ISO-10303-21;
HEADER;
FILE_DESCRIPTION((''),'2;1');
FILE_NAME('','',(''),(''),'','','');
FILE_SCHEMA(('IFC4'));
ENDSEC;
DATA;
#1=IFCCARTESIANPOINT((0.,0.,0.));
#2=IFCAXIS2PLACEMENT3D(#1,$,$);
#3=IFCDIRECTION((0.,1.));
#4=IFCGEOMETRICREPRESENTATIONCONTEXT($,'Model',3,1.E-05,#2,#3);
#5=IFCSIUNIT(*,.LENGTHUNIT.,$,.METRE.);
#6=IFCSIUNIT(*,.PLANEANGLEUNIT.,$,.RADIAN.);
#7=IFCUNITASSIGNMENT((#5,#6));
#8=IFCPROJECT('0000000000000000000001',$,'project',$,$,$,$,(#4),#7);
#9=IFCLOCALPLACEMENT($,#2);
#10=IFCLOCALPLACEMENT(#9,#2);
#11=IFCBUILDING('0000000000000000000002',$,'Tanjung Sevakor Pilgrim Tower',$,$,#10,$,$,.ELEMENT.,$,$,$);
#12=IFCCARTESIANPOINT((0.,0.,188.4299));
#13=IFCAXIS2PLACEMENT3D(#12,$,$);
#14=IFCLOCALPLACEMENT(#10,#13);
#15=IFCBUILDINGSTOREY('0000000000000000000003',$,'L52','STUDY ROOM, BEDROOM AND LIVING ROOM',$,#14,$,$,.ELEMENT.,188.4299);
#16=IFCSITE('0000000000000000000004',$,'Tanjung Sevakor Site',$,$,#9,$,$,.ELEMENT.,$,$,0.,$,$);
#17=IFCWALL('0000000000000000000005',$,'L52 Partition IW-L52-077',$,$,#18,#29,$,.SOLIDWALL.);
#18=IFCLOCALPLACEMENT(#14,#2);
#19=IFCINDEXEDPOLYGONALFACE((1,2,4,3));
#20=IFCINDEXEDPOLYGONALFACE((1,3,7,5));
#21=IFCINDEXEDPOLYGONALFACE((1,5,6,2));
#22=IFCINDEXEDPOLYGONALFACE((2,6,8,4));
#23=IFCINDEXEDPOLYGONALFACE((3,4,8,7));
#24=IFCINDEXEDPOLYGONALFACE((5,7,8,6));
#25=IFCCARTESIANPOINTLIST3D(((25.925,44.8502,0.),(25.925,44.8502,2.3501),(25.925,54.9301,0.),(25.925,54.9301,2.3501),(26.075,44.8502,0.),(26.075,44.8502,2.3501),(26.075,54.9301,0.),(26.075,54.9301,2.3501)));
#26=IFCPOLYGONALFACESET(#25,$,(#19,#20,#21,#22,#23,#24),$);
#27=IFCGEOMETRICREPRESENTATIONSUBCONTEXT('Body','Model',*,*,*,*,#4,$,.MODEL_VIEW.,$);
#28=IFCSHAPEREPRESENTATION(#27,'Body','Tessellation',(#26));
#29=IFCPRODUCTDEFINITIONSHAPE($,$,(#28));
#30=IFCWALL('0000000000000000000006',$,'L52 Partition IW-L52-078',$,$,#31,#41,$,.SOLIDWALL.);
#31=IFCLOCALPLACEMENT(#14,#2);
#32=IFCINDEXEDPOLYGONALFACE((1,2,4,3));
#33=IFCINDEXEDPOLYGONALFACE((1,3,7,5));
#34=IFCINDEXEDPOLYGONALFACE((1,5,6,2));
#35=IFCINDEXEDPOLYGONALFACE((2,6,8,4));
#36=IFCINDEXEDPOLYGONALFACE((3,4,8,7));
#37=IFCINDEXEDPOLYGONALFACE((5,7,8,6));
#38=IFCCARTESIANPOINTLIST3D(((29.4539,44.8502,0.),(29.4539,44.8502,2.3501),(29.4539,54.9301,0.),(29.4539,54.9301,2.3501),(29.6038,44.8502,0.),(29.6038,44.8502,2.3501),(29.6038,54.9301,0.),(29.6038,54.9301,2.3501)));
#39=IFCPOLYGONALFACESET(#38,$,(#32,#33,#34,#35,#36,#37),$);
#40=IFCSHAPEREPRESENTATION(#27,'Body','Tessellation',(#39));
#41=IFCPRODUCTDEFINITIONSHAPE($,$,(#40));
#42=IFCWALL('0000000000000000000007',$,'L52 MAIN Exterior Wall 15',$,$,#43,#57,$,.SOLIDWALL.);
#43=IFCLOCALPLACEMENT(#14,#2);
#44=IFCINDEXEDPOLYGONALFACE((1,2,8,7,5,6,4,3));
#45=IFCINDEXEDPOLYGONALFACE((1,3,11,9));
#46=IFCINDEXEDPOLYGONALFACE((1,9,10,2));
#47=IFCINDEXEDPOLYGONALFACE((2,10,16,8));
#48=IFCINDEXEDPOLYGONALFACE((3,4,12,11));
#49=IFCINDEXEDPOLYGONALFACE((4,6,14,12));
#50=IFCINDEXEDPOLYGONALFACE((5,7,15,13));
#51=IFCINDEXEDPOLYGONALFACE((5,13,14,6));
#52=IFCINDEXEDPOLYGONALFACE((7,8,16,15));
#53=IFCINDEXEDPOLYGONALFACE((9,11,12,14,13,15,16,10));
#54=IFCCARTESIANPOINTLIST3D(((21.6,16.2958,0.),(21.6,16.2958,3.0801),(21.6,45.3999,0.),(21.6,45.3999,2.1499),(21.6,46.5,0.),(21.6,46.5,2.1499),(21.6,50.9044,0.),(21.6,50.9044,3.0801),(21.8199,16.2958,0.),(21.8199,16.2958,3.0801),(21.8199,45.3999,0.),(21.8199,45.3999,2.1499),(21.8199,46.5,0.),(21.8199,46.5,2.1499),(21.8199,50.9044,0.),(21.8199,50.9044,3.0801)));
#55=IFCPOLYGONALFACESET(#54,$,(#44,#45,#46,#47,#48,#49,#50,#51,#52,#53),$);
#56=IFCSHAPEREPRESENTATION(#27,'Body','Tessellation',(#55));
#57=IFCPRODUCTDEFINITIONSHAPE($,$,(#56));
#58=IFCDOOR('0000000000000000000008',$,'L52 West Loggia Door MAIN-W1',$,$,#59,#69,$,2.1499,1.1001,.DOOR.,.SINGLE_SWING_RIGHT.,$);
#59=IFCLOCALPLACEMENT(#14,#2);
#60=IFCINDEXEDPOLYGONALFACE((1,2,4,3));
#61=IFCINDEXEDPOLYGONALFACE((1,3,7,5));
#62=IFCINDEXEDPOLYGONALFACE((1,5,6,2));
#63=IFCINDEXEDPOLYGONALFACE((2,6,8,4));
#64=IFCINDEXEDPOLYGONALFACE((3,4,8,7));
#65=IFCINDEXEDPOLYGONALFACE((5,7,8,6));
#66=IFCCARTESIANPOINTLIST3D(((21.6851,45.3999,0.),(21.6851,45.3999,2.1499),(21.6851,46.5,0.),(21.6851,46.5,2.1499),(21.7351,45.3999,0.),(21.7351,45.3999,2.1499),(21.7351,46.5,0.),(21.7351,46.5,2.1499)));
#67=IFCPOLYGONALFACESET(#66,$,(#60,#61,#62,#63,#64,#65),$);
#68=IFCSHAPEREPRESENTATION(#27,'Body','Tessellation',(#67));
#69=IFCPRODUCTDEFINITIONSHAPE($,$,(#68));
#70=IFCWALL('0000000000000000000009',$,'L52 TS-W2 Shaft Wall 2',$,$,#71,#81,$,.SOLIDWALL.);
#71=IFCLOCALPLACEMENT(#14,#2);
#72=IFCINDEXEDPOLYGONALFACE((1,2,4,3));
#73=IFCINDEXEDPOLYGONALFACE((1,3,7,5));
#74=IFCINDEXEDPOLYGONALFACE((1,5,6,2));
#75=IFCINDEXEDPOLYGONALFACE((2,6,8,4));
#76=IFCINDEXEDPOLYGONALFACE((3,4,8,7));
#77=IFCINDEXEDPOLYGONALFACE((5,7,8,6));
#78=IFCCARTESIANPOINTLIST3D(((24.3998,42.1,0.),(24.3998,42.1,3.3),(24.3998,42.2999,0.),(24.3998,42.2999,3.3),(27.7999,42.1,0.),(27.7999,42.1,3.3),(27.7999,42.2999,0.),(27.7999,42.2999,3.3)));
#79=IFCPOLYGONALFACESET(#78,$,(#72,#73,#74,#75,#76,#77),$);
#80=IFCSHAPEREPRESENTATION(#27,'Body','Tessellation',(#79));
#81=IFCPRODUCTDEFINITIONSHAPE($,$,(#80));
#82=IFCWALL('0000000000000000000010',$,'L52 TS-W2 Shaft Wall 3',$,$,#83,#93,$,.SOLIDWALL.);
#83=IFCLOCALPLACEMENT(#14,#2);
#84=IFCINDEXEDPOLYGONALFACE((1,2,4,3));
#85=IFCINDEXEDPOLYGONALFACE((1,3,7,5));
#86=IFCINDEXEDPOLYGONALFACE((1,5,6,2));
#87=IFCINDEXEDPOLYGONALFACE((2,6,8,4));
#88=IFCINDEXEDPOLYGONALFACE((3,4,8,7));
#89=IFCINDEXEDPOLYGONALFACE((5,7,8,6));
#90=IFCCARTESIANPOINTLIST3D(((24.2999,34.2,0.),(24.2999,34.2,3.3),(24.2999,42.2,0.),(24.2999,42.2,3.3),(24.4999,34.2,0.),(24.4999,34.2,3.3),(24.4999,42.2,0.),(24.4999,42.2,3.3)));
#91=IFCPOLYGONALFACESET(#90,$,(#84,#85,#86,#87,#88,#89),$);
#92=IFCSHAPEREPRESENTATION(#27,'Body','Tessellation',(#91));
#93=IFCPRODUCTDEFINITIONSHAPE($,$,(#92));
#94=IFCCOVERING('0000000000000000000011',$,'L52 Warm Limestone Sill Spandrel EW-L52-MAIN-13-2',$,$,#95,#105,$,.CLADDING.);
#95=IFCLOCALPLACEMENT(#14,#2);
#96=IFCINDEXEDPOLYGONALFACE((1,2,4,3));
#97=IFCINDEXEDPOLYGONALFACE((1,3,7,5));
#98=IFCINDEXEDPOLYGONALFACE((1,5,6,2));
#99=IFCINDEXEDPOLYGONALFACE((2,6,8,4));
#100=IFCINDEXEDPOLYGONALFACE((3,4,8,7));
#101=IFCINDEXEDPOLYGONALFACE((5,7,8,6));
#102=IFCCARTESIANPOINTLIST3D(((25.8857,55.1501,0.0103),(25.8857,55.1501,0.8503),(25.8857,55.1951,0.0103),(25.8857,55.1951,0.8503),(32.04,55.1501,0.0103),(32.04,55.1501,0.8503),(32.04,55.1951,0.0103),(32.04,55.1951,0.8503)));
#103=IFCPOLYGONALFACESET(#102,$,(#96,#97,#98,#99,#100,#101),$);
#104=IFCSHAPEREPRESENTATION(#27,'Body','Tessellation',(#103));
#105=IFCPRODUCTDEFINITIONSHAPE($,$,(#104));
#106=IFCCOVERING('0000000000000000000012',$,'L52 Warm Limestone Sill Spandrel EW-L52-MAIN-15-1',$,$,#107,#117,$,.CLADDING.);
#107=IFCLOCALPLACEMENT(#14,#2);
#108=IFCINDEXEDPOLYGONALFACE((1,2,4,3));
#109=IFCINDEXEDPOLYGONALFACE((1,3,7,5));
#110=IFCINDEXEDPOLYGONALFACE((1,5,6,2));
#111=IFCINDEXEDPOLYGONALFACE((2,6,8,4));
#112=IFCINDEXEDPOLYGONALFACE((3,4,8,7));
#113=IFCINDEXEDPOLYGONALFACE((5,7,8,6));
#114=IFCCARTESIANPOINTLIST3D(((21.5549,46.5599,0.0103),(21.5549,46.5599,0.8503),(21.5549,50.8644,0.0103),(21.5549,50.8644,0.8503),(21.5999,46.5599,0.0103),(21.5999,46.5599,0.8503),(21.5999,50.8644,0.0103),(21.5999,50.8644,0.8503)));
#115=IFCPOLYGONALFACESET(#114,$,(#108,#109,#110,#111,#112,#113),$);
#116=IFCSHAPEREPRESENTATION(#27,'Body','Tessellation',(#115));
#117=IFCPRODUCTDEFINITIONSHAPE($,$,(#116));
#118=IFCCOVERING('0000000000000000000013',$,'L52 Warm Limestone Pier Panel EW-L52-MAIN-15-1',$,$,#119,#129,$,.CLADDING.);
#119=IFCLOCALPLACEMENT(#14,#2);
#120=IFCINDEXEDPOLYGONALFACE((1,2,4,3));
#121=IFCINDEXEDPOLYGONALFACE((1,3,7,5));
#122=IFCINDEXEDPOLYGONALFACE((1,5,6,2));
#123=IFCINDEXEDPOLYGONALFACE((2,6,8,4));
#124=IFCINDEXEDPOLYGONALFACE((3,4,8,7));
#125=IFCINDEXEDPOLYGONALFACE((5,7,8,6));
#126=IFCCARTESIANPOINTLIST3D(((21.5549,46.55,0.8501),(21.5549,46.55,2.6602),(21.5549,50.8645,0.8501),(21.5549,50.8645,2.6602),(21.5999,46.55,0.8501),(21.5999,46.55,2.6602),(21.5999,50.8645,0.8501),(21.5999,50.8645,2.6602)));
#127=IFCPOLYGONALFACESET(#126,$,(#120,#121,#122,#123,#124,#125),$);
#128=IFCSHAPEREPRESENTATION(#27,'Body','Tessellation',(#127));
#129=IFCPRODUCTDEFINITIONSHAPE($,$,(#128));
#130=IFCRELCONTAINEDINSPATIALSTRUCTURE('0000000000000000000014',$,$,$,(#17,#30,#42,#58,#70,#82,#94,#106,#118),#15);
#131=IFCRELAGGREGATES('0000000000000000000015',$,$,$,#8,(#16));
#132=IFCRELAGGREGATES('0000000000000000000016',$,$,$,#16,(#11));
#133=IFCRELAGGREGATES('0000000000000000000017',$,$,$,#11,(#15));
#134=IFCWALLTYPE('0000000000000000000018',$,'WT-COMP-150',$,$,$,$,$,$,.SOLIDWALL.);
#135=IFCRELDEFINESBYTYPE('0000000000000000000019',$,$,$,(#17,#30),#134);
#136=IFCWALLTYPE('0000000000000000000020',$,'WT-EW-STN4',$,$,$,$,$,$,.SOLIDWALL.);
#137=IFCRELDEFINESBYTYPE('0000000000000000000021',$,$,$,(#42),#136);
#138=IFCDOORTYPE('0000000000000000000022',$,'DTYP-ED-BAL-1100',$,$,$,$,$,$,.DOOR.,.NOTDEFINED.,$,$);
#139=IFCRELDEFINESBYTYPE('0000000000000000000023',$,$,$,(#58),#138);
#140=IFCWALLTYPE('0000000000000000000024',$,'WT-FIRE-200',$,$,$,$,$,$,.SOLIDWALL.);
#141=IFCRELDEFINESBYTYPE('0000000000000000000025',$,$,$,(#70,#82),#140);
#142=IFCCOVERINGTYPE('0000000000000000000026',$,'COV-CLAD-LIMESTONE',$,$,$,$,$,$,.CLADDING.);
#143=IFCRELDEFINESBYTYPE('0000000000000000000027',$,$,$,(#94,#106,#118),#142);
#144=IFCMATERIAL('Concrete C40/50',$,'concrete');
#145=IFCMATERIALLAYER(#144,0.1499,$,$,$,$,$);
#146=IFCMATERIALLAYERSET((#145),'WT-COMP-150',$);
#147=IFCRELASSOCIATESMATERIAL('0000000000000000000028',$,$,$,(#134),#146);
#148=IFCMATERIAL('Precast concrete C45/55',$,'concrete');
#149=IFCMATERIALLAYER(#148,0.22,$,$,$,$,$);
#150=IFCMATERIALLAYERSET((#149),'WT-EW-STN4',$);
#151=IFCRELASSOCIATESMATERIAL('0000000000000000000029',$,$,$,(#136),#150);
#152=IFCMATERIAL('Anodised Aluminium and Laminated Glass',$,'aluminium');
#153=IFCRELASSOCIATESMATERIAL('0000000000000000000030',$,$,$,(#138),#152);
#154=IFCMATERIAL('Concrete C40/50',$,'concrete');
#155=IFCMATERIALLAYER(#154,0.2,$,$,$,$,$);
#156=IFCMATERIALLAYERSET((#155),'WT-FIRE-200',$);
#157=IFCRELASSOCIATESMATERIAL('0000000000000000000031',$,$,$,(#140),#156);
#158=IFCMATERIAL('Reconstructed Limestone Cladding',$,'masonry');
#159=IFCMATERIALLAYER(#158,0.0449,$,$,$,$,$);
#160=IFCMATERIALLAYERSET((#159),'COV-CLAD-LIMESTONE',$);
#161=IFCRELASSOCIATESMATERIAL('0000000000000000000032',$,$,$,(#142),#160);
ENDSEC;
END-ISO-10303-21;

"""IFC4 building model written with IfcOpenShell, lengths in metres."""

from ifc_helpers import new_model, si_unit, direction, frame, frame_2d, origin, origin_2d, place, context, subcontext, project, spatial, rectangle, extrude, material, layer, layer_set, type_object, element, fill, save


model = new_model("IFC4")

# Units and contexts
model_context = context("Model", 3, precision=1e-05, world=origin(), true_north=direction((0.0, 1.0)))
body_context = subcontext(model_context, "Body", "Model", "MODEL_VIEW")
ifc_project = project(units=[si_unit("LENGTHUNIT", "METRE"), si_unit("PLANEANGLEUNIT", "RADIAN")], contexts=[model_context])

# Site, building, storey
site_placement = place(None, origin())
site = spatial("IfcSite", under=ifc_project, at=site_placement, Name="Tanjung Sevakor Site", CompositionType="ELEMENT", RefElevation=0.0)
building_placement = place(site_placement, origin())
building = spatial("IfcBuilding", under=site, at=building_placement, Name="Tanjung Sevakor Pilgrim Tower", CompositionType="ELEMENT")
storey_placement = place(building_placement, frame((0.0, 0.0, 188.4299)))
storey = spatial("IfcBuildingStorey", under=building, at=storey_placement, Name="L52", Description="STUDY ROOM, BEDROOM AND LIVING ROOM", CompositionType="ELEMENT", Elevation=188.4299)

# Walls
ifc_material_1 = material(Name="Concrete C40/50", Category="concrete")
ifc_layer_1 = layer(ifc_material_1, 0.1499)
ifc_layer_set_1 = layer_set([ifc_layer_1], Name="WT-COMP-150")
wall_type_1 = type_object("IfcWallType", Name="WT-COMP-150", PredefinedType="SOLIDWALL", material=ifc_layer_set_1)
for number, where, z_axis, x_axis, name in (
    (1, (26.0, 44.8501, 0.0), (0.0, 0.0, 1.0), (0.0, 1.0, 0.0), "L52 Partition IW-L52-077"),
    (2, (29.5288, 44.8501, 0.0), (0.0, 0.0, 1.0), (0.0, 1.0, 0.0), "L52 Partition IW-L52-078"),
):
    element("IfcWall", number, at=place(storey_placement, frame(where, z_axis=z_axis, x_axis=x_axis)), inside=storey, type_object=wall_type_1, Name=name, PredefinedType="SOLIDWALL", context=body_context, shape_type="SweptSolid", body=[
        extrude(rectangle(XDim=10.0798, YDim=0.1499, at=frame_2d((5.04, 0.0))), origin(), (0.0, 0.0, 1.0), 2.3501),
    ])

# Wall, opening, door
ifc_material_2 = material(Name="Precast concrete C45/55", Category="concrete")
ifc_layer_2 = layer(ifc_material_2, 0.22)
ifc_layer_set_2 = layer_set([ifc_layer_2], Name="WT-EW-STN4")
wall_type_2 = type_object("IfcWallType", Name="WT-EW-STN4", PredefinedType="SOLIDWALL", material=ifc_layer_set_2)
wall_1_placement = place(storey_placement, frame((21.71, 50.9043, 0.0), z_axis=(0.0, 0.0, 1.0), x_axis=(0.0, -1.0, 0.0)))
wall_1 = element("IfcWall", 3, at=wall_1_placement, inside=storey, type_object=wall_type_2, Name="L52 MAIN Exterior Wall 15", PredefinedType="SOLIDWALL", context=body_context, shape_type="SweptSolid", body=[
    extrude(rectangle(XDim=34.6086, YDim=0.22, at=frame_2d((17.3042, 0.0))), origin(), (0.0, 0.0, 1.0), 3.0801),
])
opening_1_placement = place(wall_1_placement, frame((4.4043, 0.0, 0.0)))
opening_1 = element("IfcOpeningElement", 4, at=opening_1_placement, cuts=wall_1, PredefinedType="OPENING", context=body_context, shape_type="SweptSolid", body=[
    extrude(rectangle(XDim=1.1001, YDim=2.1499, at=frame_2d((0.55, 1.075))), frame((0.0, 0.1199, 0.0), z_axis=(0.0, -1.0, 0.0), x_axis=(1.0, 0.0, 0.0)), (0.0, 0.0, 1.0), 0.24),
])
ifc_material_3 = material(Name="Anodised Aluminium and Laminated Glass", Category="aluminium")
door_type_1 = type_object("IfcDoorType", Name="DTYP-ED-BAL-1100", OperationType="NOTDEFINED", PredefinedType="DOOR", material=ifc_material_3)
door_1_placement = place(opening_1_placement, frame((1.1001, 0.0, 0.0), z_axis=(0.0, 0.0, 1.0), x_axis=(-1.0, 0.0, 0.0)))
door_1 = element("IfcDoor", 5, at=door_1_placement, inside=storey, type_object=door_type_1, Name="L52 West Loggia Door MAIN-W1", OperationType="SINGLE_SWING_RIGHT", OverallHeight=2.1499, OverallWidth=1.1001, PredefinedType="DOOR", context=body_context, shape_type="SweptSolid", body=[
    extrude(rectangle(XDim=1.1001, YDim=2.1499, at=frame_2d((0.55, 1.075))), frame((0.0, 0.0249, 0.0), z_axis=(0.0, -1.0, 0.0), x_axis=(1.0, 0.0, 0.0)), (0.0, 0.0, 1.0), 0.05),
])
fill(opening_1, door_1)

# Walls
ifc_material_4 = material(Name="Concrete C40/50", Category="concrete")
ifc_layer_3 = layer(ifc_material_4, 0.2)
ifc_layer_set_3 = layer_set([ifc_layer_3], Name="WT-FIRE-200")
wall_type_3 = type_object("IfcWallType", Name="WT-FIRE-200", PredefinedType="SOLIDWALL", material=ifc_layer_set_3)
wall_2_placement = place(storey_placement, frame((27.8, 42.2, 0.0), z_axis=(0.0, 0.0, 1.0), x_axis=(-1.0, 0.0, 0.0)))
element("IfcWall", 6, at=wall_2_placement, inside=storey, type_object=wall_type_3, Name="L52 TS-W2 Shaft Wall 2", PredefinedType="SOLIDWALL", context=body_context, shape_type="SweptSolid", body=[
    extrude(rectangle(XDim=3.4001, YDim=0.2, at=frame_2d((1.7002, 0.0))), origin(), (0.0, 0.0, 1.0), 3.3),
])
wall_3_placement = place(storey_placement, frame((24.3999, 42.2, 0.0), z_axis=(0.0, 0.0, 1.0), x_axis=(0.0, -1.0, 0.0)))
element("IfcWall", 7, at=wall_3_placement, inside=storey, type_object=wall_type_3, Name="L52 TS-W2 Shaft Wall 3", PredefinedType="SOLIDWALL", context=body_context, shape_type="SweptSolid", body=[
    extrude(rectangle(XDim=8.0, YDim=0.2, at=frame_2d((4.0, 0.0))), origin(), (0.0, 0.0, 1.0), 3.3),
])

# Coverings
ifc_material_5 = material(Name="Reconstructed Limestone Cladding", Category="masonry")
ifc_layer_4 = layer(ifc_material_5, 0.0449)
ifc_layer_set_4 = layer_set([ifc_layer_4], Name="COV-CLAD-LIMESTONE")
covering_type = type_object("IfcCoveringType", Name="COV-CLAD-LIMESTONE", PredefinedType="CLADDING", material=ifc_layer_set_4)
covering_1_placement = place(storey_placement, frame((28.9629, 55.1726, 0.0103), z_axis=(0.0, 0.0, 1.0), x_axis=(-1.0, 0.0, 0.0)))
element("IfcCovering", 8, at=covering_1_placement, inside=storey, type_object=covering_type, Name="L52 Warm Limestone Sill Spandrel EW-L52-MAIN-13-2", PredefinedType="CLADDING", context=body_context, shape_type="SweptSolid", body=[
    extrude(rectangle(XDim=6.1543, YDim=0.0449, at=origin_2d()), origin(), (0.0, 0.0, 1.0), 0.8401),
])
covering_2_placement = place(storey_placement, frame((21.5774, 48.7122, 0.0103), z_axis=(0.0, 0.0, 1.0), x_axis=(0.0, -1.0, 0.0)))
element("IfcCovering", 9, at=covering_2_placement, inside=storey, type_object=covering_type, Name="L52 Warm Limestone Sill Spandrel EW-L52-MAIN-15-1", PredefinedType="CLADDING", context=body_context, shape_type="SweptSolid", body=[
    extrude(rectangle(XDim=4.3044, YDim=0.0449, at=origin_2d()), origin(), (0.0, 0.0, 1.0), 0.8401),
])
covering_3_placement = place(storey_placement, frame((21.5774, 48.7073, 0.8501), z_axis=(0.0, 0.0, 1.0), x_axis=(0.0, -1.0, 0.0)))
element("IfcCovering", 10, at=covering_3_placement, inside=storey, type_object=covering_type, Name="L52 Warm Limestone Pier Panel EW-L52-MAIN-15-1", PredefinedType="CLADDING", context=body_context, shape_type="SweptSolid", body=[
    extrude(rectangle(XDim=4.3145, YDim=0.0449, at=origin_2d()), origin(), (0.0, 0.0, 1.0), 1.8101),
])

save(model, "model.ifc")
